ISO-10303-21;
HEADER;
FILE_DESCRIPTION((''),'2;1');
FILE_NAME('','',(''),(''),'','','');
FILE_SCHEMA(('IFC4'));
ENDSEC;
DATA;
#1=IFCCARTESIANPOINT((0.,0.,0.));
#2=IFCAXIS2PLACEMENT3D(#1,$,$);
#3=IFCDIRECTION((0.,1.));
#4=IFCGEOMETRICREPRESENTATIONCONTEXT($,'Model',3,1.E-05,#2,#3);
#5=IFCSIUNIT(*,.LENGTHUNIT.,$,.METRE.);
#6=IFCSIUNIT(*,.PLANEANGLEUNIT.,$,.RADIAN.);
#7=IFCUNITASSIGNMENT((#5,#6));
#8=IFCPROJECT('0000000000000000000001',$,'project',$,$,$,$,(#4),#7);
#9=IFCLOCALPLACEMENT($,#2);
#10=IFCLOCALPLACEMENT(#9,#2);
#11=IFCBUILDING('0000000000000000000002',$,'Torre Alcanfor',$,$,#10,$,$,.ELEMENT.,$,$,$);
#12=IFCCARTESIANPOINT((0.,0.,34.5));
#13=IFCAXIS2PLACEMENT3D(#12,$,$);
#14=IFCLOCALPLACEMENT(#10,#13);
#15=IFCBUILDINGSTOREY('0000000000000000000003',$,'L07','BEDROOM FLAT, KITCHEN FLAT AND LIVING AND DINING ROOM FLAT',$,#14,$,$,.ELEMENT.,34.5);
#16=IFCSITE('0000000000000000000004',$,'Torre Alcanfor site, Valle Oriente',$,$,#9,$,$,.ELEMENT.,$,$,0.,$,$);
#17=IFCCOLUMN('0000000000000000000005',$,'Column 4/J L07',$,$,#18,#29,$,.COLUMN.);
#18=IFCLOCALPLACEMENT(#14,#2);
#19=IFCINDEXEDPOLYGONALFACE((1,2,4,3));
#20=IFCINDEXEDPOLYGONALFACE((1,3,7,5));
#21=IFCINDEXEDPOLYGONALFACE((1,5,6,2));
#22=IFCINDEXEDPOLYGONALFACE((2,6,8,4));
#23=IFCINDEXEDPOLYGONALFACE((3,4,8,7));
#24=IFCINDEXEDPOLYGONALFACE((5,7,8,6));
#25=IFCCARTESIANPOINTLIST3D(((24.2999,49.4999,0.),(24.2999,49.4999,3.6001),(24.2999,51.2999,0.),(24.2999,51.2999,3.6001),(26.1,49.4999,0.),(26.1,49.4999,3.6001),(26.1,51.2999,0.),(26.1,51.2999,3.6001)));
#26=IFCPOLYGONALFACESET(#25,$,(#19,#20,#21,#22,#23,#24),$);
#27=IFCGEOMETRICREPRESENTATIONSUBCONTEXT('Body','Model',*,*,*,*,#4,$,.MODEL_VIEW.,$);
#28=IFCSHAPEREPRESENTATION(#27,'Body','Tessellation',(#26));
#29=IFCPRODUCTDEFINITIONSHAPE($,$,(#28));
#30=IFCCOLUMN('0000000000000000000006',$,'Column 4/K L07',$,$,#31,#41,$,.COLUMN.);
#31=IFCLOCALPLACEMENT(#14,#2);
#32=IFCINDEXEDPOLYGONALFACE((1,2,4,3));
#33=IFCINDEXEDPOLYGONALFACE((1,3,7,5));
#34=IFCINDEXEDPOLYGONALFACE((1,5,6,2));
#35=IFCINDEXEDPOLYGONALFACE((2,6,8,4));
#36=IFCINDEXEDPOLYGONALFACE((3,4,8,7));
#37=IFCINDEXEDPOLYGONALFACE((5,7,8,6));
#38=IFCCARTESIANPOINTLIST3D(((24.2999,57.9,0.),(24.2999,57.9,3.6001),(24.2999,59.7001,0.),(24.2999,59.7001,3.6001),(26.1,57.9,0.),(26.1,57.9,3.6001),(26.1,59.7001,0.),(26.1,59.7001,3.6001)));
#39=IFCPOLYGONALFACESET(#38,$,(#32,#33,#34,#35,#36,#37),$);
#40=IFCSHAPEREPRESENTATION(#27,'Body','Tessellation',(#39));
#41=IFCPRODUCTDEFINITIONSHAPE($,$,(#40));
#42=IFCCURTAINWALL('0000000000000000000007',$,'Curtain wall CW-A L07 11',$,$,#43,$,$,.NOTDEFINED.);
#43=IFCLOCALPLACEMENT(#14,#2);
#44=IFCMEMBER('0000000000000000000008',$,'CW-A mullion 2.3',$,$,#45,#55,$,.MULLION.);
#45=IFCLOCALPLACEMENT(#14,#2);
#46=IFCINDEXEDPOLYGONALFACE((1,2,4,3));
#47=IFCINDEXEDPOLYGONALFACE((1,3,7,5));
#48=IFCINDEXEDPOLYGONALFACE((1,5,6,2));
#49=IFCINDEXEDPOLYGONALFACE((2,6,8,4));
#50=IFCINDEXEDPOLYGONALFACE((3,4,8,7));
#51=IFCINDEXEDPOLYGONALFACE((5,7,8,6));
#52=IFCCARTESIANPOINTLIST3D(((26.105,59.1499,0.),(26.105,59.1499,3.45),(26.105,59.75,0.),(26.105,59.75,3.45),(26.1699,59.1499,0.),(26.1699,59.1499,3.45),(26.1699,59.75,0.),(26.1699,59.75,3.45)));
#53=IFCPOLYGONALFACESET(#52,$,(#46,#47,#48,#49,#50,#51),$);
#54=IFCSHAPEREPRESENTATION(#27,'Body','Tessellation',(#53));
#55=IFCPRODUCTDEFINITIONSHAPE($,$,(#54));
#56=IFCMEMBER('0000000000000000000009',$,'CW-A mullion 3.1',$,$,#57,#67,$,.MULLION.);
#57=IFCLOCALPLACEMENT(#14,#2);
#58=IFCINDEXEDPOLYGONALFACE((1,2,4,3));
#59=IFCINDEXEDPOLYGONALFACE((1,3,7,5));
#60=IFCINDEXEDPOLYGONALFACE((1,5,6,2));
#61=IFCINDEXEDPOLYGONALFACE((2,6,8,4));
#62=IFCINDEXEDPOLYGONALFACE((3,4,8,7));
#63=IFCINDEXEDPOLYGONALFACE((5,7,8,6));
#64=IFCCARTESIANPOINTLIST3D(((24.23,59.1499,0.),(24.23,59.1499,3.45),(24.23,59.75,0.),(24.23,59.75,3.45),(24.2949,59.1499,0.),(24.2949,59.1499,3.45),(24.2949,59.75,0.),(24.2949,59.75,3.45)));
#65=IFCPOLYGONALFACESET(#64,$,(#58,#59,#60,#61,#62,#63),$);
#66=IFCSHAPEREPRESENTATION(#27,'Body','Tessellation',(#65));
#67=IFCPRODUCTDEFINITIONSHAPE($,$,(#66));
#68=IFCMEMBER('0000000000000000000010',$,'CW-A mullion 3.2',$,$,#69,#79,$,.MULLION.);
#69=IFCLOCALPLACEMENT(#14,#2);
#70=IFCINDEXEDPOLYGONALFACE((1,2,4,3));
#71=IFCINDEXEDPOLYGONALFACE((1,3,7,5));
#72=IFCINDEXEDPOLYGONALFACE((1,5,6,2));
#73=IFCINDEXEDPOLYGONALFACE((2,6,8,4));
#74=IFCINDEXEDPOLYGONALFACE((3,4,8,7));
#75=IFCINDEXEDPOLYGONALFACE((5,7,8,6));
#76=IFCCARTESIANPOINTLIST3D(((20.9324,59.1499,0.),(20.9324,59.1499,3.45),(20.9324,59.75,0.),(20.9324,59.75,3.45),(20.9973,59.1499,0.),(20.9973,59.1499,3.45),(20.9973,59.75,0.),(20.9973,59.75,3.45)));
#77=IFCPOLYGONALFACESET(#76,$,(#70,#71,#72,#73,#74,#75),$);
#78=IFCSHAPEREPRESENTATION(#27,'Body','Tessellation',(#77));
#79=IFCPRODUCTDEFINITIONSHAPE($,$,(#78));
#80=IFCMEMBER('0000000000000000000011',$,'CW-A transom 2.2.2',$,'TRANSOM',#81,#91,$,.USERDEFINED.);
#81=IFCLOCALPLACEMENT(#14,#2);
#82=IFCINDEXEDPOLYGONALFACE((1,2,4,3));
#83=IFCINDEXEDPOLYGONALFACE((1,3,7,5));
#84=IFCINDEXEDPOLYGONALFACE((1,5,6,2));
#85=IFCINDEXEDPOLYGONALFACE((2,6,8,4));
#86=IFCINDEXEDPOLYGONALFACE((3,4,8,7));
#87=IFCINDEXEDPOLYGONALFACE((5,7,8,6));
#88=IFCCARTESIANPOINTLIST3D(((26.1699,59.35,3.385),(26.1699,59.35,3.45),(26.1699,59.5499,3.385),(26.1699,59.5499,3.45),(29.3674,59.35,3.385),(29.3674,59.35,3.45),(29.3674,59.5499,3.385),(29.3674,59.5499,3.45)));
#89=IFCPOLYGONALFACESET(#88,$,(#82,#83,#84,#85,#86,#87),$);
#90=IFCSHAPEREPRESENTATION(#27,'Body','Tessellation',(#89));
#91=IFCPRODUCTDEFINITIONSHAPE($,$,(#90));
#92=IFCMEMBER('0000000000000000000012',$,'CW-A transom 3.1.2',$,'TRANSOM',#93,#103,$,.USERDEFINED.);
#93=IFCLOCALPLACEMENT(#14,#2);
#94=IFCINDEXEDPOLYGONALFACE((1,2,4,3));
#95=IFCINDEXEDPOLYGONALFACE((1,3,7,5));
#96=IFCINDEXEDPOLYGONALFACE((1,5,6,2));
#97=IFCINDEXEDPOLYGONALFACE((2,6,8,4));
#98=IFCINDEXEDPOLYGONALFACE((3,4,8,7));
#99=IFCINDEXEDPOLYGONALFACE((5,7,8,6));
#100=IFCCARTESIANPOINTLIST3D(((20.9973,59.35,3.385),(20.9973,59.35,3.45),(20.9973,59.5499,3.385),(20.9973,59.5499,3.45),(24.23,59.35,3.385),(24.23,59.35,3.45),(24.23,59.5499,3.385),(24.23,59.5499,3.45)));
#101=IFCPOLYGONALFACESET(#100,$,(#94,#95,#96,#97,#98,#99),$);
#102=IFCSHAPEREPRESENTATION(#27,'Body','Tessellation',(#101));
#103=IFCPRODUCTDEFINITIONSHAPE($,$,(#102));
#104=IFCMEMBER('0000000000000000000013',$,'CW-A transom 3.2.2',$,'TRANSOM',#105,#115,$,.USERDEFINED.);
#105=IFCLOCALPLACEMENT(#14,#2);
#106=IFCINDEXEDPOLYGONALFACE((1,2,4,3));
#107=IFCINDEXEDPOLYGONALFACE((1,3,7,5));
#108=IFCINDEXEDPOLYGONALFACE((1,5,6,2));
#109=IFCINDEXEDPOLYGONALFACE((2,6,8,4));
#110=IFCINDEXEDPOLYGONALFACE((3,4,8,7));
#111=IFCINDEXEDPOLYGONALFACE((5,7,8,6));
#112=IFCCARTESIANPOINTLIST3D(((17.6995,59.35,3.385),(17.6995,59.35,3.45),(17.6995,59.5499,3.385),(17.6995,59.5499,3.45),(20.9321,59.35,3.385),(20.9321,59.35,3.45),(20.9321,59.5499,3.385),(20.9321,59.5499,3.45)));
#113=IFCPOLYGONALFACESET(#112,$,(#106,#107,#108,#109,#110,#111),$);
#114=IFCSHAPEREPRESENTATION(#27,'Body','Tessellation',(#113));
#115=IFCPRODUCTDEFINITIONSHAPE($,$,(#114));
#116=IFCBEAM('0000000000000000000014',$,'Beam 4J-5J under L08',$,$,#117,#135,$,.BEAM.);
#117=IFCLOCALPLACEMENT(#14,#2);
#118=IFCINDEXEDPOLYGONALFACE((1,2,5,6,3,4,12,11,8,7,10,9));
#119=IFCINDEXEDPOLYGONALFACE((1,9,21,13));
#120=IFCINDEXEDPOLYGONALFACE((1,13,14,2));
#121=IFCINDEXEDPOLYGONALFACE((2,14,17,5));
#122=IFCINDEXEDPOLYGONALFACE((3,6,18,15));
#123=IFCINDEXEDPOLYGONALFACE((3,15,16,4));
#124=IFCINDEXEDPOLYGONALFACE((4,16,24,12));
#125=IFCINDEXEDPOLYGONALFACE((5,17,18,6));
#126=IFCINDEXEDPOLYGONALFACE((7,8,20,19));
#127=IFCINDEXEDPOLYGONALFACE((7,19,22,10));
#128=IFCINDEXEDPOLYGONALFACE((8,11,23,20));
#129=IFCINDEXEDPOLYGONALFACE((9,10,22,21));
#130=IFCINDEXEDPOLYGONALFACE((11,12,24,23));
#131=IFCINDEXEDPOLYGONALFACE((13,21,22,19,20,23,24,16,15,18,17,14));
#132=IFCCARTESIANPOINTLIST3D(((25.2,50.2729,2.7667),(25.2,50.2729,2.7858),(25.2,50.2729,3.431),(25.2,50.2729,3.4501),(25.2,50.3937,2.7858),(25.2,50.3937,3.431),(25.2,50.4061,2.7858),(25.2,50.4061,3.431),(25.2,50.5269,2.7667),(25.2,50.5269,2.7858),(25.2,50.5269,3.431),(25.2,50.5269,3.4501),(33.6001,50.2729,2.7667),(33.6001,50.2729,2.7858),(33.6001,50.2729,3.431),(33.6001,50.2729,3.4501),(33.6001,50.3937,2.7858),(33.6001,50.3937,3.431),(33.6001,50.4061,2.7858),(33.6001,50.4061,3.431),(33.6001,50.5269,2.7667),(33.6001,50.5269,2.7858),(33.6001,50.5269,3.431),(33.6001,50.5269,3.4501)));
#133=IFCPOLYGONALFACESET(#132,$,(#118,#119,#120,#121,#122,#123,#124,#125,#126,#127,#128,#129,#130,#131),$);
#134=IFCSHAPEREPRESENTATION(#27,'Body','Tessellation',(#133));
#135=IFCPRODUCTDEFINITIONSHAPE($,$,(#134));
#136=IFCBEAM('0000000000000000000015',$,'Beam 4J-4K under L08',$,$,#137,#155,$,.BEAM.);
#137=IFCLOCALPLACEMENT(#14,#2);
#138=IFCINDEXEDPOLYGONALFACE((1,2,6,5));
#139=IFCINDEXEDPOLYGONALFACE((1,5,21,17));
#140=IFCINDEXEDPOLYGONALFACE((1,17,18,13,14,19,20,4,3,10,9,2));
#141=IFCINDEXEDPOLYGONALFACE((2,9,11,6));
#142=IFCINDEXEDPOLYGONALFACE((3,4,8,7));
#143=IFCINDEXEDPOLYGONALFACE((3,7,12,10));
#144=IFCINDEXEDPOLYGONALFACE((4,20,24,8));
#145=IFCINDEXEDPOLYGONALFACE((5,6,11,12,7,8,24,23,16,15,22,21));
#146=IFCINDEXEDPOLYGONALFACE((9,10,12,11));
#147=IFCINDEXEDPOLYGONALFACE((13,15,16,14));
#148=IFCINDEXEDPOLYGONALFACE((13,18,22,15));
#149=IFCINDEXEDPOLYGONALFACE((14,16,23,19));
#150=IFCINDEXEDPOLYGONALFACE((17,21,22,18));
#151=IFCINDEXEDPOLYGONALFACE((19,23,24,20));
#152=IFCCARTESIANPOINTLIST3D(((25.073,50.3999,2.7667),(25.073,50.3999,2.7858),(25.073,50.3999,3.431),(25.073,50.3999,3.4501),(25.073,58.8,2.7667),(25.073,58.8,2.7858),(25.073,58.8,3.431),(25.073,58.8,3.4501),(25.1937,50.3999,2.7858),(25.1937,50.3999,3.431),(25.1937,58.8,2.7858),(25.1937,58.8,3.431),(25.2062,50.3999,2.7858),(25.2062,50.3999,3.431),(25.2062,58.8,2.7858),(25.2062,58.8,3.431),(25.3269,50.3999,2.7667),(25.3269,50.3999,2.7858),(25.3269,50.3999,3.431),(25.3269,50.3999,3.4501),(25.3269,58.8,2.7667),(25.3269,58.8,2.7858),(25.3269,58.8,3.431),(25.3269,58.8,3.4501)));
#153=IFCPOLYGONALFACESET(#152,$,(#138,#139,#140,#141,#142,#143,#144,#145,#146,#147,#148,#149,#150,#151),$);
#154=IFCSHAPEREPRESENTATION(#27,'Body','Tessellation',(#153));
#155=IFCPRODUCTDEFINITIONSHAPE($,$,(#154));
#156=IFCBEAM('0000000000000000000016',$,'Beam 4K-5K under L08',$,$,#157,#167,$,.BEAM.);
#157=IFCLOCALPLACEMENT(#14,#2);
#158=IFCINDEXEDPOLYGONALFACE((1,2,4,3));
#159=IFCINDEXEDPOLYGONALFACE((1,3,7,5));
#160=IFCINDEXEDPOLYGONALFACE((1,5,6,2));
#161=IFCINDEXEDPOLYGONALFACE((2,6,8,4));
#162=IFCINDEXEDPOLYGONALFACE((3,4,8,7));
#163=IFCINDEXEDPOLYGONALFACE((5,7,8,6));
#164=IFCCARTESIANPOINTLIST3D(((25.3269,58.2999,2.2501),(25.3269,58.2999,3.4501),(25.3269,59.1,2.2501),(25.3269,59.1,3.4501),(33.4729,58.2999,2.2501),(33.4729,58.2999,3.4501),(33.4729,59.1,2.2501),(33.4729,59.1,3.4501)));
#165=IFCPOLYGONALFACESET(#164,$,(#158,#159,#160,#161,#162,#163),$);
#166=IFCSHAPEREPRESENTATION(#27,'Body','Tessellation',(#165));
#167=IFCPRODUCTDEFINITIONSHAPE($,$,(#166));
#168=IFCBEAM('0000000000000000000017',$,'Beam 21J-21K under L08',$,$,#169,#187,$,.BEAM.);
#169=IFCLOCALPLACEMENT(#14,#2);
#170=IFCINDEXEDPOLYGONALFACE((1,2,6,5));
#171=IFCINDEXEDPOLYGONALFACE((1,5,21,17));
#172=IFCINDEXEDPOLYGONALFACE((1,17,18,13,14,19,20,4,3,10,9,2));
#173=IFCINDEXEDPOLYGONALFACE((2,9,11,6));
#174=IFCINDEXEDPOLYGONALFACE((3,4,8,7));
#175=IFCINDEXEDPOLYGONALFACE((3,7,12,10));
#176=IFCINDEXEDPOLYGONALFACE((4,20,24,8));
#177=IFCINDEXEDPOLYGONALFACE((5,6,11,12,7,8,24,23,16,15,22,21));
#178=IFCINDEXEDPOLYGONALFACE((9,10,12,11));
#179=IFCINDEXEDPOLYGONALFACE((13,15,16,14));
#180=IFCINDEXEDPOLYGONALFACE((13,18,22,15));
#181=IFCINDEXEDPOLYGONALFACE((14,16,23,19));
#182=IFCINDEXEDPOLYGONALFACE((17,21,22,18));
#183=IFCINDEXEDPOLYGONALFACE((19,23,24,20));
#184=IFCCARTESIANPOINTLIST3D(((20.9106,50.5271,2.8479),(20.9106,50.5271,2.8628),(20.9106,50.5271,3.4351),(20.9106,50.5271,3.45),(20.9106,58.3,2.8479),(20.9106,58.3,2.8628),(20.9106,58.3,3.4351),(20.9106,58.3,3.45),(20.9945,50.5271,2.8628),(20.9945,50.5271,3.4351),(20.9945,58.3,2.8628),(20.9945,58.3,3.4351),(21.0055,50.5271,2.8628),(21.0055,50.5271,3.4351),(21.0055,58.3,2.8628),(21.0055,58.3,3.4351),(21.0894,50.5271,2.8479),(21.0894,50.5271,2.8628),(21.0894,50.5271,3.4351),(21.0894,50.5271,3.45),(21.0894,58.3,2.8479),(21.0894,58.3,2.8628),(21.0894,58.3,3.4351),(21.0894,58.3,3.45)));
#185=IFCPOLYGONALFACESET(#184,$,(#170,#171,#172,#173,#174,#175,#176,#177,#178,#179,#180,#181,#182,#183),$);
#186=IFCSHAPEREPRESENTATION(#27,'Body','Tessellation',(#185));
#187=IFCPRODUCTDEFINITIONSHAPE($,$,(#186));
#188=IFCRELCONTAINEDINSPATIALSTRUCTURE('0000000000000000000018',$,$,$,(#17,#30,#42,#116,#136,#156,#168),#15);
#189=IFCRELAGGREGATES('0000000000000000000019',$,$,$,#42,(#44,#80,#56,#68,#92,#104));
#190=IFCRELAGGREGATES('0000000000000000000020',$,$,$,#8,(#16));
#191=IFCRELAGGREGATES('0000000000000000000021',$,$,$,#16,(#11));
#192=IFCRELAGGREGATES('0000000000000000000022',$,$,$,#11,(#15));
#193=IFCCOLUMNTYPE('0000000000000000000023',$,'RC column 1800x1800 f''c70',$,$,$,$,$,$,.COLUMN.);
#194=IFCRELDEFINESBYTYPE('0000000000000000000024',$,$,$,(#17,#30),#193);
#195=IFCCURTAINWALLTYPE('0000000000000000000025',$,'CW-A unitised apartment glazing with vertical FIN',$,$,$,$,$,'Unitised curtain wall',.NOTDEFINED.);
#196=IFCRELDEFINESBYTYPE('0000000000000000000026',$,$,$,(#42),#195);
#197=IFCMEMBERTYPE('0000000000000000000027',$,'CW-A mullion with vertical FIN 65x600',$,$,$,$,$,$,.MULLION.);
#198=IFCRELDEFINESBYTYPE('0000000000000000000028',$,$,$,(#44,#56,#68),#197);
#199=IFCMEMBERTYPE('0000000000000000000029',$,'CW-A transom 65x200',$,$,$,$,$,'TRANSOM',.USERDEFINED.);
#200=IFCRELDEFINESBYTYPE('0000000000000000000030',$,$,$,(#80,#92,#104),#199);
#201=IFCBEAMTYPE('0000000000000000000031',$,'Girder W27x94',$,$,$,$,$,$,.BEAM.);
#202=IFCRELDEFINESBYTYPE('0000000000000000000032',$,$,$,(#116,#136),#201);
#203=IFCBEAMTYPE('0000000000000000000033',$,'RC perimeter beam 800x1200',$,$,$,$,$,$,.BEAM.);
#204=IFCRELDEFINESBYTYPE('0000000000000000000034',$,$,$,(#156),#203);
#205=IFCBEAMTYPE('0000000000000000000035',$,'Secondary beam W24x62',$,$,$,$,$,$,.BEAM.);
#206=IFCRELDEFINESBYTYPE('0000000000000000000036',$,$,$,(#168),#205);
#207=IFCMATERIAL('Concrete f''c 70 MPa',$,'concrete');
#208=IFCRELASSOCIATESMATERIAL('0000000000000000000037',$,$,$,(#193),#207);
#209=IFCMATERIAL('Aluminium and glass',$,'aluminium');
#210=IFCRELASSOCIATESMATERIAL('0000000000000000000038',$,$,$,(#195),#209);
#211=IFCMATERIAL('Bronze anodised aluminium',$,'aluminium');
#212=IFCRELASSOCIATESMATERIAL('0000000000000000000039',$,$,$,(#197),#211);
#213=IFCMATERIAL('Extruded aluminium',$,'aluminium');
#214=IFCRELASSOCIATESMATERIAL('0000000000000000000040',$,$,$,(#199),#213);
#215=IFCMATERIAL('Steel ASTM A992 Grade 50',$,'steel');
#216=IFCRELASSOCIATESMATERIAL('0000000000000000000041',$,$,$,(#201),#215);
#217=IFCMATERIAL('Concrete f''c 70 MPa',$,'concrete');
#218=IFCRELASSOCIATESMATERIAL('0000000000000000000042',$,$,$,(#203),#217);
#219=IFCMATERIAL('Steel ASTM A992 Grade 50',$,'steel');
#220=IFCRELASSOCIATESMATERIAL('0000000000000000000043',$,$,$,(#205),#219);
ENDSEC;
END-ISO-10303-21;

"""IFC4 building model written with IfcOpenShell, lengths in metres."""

from ifc_helpers import new_model, si_unit, direction, frame, origin, origin_2d, place, context, subcontext, project, spatial, rectangle, i_section, extrude, material, material_profile, profile_set, type_object, element, aggregate, save


model = new_model("IFC4")

# Units and contexts
model_context = context("Model", 3, precision=1e-05, world=origin(), true_north=direction((0.0, 1.0)))
body_context = subcontext(model_context, "Body", "Model", "MODEL_VIEW")
ifc_project = project(units=[si_unit("LENGTHUNIT", "METRE"), si_unit("PLANEANGLEUNIT", "RADIAN")], contexts=[model_context])

# Site, building, storey
site_placement = place(None, origin())
site = spatial("IfcSite", under=ifc_project, at=site_placement, Name="Torre Alcanfor site, Valle Oriente", CompositionType="ELEMENT", RefElevation=0.0)
building_placement = place(site_placement, origin())
building = spatial("IfcBuilding", under=site, at=building_placement, Name="Torre Alcanfor", CompositionType="ELEMENT")
storey_placement = place(building_placement, frame((0.0, 0.0, 34.5)))
storey = spatial("IfcBuildingStorey", under=building, at=storey_placement, Name="L07", Description="BEDROOM FLAT, KITCHEN FLAT AND LIVING AND DINING ROOM FLAT", CompositionType="ELEMENT", Elevation=34.5)

# Columns
ifc_material_1 = material(Name="Concrete f'c 70 MPa", Category="concrete")
ifc_material_profile_1 = material_profile(ifc_material_1, rectangle(XDim=1.8, YDim=1.8, at=origin_2d()), Name="1800x1800")
ifc_profile_set_1 = profile_set([ifc_material_profile_1], Name="Concrete f'c 70 MPa")
column_type = type_object("IfcColumnType", Name="RC column 1800x1800 f'c70", PredefinedType="COLUMN", material=ifc_profile_set_1)
for number, where, z_axis, x_axis, name in (
    (1, (25.2, 50.3999, 0.0), (0.0, 0.0, 1.0), (1.0, 0.0, 0.0), "Column 4/J L07"),
    (2, (25.2, 58.8, 0.0), (0.0, 0.0, 1.0), (1.0, 0.0, 0.0), "Column 4/K L07"),
):
    element("IfcColumn", number, at=place(storey_placement, frame(where, z_axis=z_axis, x_axis=x_axis)), inside=storey, type_object=column_type, Name=name, PredefinedType="COLUMN", context=body_context, shape_type="SweptSolid", body=[
        extrude(rectangle(XDim=1.8, YDim=1.8, at=origin_2d()), origin(), (0.0, 0.0, 1.0), 3.6001),
    ])

# Curtain wall, members
ifc_material_2 = material(Name="Aluminium and glass", Category="aluminium")
curtain_wall_type = type_object("IfcCurtainWallType", Name="CW-A unitised apartment glazing with vertical FIN", ElementType="Unitised curtain wall", PredefinedType="NOTDEFINED", material=ifc_material_2)
curtain_wall_placement = place(storey_placement, origin())
curtain_wall = element("IfcCurtainWall", 3, at=curtain_wall_placement, inside=storey, type_object=curtain_wall_type, Name="Curtain wall CW-A L07 11", PredefinedType="NOTDEFINED")
ifc_material_3 = material(Name="Bronze anodised aluminium", Category="aluminium")
ifc_material_profile_2 = material_profile(ifc_material_3, rectangle(XDim=0.6001, YDim=0.0649, at=origin_2d()), Name="CW-A mullion 65x600")
ifc_profile_set_2 = profile_set([ifc_material_profile_2], Name="Bronze anodised aluminium")
member_type_1 = type_object("IfcMemberType", Name="CW-A mullion with vertical FIN 65x600", PredefinedType="MULLION", material=ifc_profile_set_2)
member_1_placement = place(storey_placement, frame((26.1375, 59.45, 0.0), z_axis=(0.0, 0.0, 1.0), x_axis=(0.0, -1.0, 0.0)))
member_1 = element("IfcMember", 4, at=member_1_placement, type_object=member_type_1, Name="CW-A mullion 2.3", PredefinedType="MULLION", context=body_context, shape_type="SweptSolid", body=[
    extrude(rectangle(XDim=0.6001, YDim=0.0649, at=origin_2d()), origin(), (0.0, 0.0, 1.0), 3.45),
])
member_2_placement = place(storey_placement, frame((24.2625, 59.45, 0.0), z_axis=(0.0, 0.0, 1.0), x_axis=(0.0, -1.0, 0.0)))
member_2 = element("IfcMember", 5, at=member_2_placement, type_object=member_type_1, Name="CW-A mullion 3.1", PredefinedType="MULLION", context=body_context, shape_type="SweptSolid", body=[
    extrude(rectangle(XDim=0.6001, YDim=0.0649, at=origin_2d()), origin(), (0.0, 0.0, 1.0), 3.45),
])
member_3_placement = place(storey_placement, frame((20.9648, 59.45, 0.0), z_axis=(0.0, 0.0, 1.0), x_axis=(0.0, -1.0, 0.0)))
member_3 = element("IfcMember", 6, at=member_3_placement, type_object=member_type_1, Name="CW-A mullion 3.2", PredefinedType="MULLION", context=body_context, shape_type="SweptSolid", body=[
    extrude(rectangle(XDim=0.6001, YDim=0.0649, at=origin_2d()), origin(), (0.0, 0.0, 1.0), 3.45),
])
ifc_material_4 = material(Name="Extruded aluminium", Category="aluminium")
ifc_material_profile_3 = material_profile(ifc_material_4, rectangle(XDim=0.2, YDim=0.0649, at=origin_2d()), Name="CW-A transom 200x65")
ifc_profile_set_3 = profile_set([ifc_material_profile_3], Name="Extruded aluminium")
member_type_2 = type_object("IfcMemberType", Name="CW-A transom 65x200", ElementType="TRANSOM", PredefinedType="USERDEFINED", material=ifc_profile_set_3)
member_4_placement = place(storey_placement, frame((29.3674, 59.45, 3.4175), z_axis=(-1.0, 0.0, 0.0), x_axis=(0.0, -1.0, 0.0)))
member_4 = element("IfcMember", 7, at=member_4_placement, type_object=member_type_2, Name="CW-A transom 2.2.2", ObjectType="TRANSOM", PredefinedType="USERDEFINED", context=body_context, shape_type="SweptSolid", body=[
    extrude(rectangle(XDim=0.2, YDim=0.0649, at=origin_2d()), origin(), (0.0, 0.0, 1.0), 3.1975),
])
member_5_placement = place(storey_placement, frame((24.23, 59.45, 3.4175), z_axis=(-1.0, 0.0, 0.0), x_axis=(0.0, -1.0, 0.0)))
member_5 = element("IfcMember", 8, at=member_5_placement, type_object=member_type_2, Name="CW-A transom 3.1.2", ObjectType="TRANSOM", PredefinedType="USERDEFINED", context=body_context, shape_type="SweptSolid", body=[
    extrude(rectangle(XDim=0.2, YDim=0.0649, at=origin_2d()), origin(), (0.0, 0.0, 1.0), 3.2327),
])
member_6_placement = place(storey_placement, frame((20.9321, 59.45, 3.4175), z_axis=(-1.0, 0.0, 0.0), x_axis=(0.0, -1.0, 0.0)))
member_6 = element("IfcMember", 9, at=member_6_placement, type_object=member_type_2, Name="CW-A transom 3.2.2", ObjectType="TRANSOM", PredefinedType="USERDEFINED", context=body_context, shape_type="SweptSolid", body=[
    extrude(rectangle(XDim=0.2, YDim=0.0649, at=origin_2d()), origin(), (0.0, 0.0, 1.0), 3.2327),
])

# Beams
ifc_material_5 = material(Name="Steel ASTM A992 Grade 50", Category="steel")
ifc_material_profile_4 = material_profile(ifc_material_5, i_section(OverallWidth=0.2539, OverallDepth=0.6833, WebThickness=0.0125, FlangeThickness=0.019, at=origin_2d()), Name="W27x94")
ifc_profile_set_4 = profile_set([ifc_material_profile_4], Name="Steel ASTM A992 Grade 50")
beam_type_1 = type_object("IfcBeamType", Name="Girder W27x94", PredefinedType="BEAM", material=ifc_profile_set_4)
for number, where, z_axis, x_axis, name in (
    (10, (25.2, 50.3999, 3.1084), (1.0, 0.0, 0.0), (0.0, 1.0, 0.0), "Beam 4J-5J under L08"),
    (11, (25.2, 50.3999, 3.1084), (0.0, 1.0, 0.0), (-1.0, 0.0, 0.0), "Beam 4J-4K under L08"),
):
    element("IfcBeam", number, at=place(storey_placement, frame(where, z_axis=z_axis, x_axis=x_axis)), inside=storey, type_object=beam_type_1, Name=name, PredefinedType="BEAM", context=body_context, shape_type="SweptSolid", body=[
        extrude(i_section(OverallWidth=0.2539, OverallDepth=0.6833, WebThickness=0.0125, FlangeThickness=0.019, at=origin_2d()), origin(), (0.0, 0.0, 1.0), 8.4001),
    ])
ifc_material_6 = material(Name="Concrete f'c 70 MPa", Category="concrete")
ifc_material_profile_5 = material_profile(ifc_material_6, rectangle(XDim=0.8, YDim=1.2, at=origin_2d()), Name="800x1200")
ifc_profile_set_5 = profile_set([ifc_material_profile_5], Name="Concrete f'c 70 MPa")
beam_type_2 = type_object("IfcBeamType", Name="RC perimeter beam 800x1200", PredefinedType="BEAM", material=ifc_profile_set_5)
beam_1_placement = place(storey_placement, frame((25.3269, 58.7, 2.8501), z_axis=(1.0, 0.0, 0.0), x_axis=(0.0, 1.0, 0.0)))
element("IfcBeam", 12, at=beam_1_placement, inside=storey, type_object=beam_type_2, Name="Beam 4K-5K under L08", PredefinedType="BEAM", context=body_context, shape_type="SweptSolid", body=[
    extrude(rectangle(XDim=0.8, YDim=1.2, at=origin_2d()), origin(), (0.0, 0.0, 1.0), 8.146),
])
ifc_material_7 = material(Name="Steel ASTM A992 Grade 50", Category="steel")
ifc_material_profile_6 = material_profile(ifc_material_7, i_section(OverallWidth=0.1787, OverallDepth=0.6021, WebThickness=0.011, FlangeThickness=0.0149, at=origin_2d()), Name="W24x62")
ifc_profile_set_6 = profile_set([ifc_material_profile_6], Name="Steel ASTM A992 Grade 50")
beam_type_3 = type_object("IfcBeamType", Name="Secondary beam W24x62", PredefinedType="BEAM", material=ifc_profile_set_6)
beam_2_placement = place(storey_placement, frame((21.0, 50.5271, 3.1489), z_axis=(0.0, 1.0, 0.0), x_axis=(-1.0, 0.0, 0.0)))
element("IfcBeam", 13, at=beam_2_placement, inside=storey, type_object=beam_type_3, Name="Beam 21J-21K under L08", PredefinedType="BEAM", context=body_context, shape_type="SweptSolid", body=[
    extrude(i_section(OverallWidth=0.1787, OverallDepth=0.6021, WebThickness=0.011, FlangeThickness=0.0149, at=origin_2d()), origin(), (0.0, 0.0, 1.0), 7.7729),
])

aggregate(curtain_wall, [member_1, member_4, member_2, member_3, member_5, member_6])

save(model, "model.ifc")
